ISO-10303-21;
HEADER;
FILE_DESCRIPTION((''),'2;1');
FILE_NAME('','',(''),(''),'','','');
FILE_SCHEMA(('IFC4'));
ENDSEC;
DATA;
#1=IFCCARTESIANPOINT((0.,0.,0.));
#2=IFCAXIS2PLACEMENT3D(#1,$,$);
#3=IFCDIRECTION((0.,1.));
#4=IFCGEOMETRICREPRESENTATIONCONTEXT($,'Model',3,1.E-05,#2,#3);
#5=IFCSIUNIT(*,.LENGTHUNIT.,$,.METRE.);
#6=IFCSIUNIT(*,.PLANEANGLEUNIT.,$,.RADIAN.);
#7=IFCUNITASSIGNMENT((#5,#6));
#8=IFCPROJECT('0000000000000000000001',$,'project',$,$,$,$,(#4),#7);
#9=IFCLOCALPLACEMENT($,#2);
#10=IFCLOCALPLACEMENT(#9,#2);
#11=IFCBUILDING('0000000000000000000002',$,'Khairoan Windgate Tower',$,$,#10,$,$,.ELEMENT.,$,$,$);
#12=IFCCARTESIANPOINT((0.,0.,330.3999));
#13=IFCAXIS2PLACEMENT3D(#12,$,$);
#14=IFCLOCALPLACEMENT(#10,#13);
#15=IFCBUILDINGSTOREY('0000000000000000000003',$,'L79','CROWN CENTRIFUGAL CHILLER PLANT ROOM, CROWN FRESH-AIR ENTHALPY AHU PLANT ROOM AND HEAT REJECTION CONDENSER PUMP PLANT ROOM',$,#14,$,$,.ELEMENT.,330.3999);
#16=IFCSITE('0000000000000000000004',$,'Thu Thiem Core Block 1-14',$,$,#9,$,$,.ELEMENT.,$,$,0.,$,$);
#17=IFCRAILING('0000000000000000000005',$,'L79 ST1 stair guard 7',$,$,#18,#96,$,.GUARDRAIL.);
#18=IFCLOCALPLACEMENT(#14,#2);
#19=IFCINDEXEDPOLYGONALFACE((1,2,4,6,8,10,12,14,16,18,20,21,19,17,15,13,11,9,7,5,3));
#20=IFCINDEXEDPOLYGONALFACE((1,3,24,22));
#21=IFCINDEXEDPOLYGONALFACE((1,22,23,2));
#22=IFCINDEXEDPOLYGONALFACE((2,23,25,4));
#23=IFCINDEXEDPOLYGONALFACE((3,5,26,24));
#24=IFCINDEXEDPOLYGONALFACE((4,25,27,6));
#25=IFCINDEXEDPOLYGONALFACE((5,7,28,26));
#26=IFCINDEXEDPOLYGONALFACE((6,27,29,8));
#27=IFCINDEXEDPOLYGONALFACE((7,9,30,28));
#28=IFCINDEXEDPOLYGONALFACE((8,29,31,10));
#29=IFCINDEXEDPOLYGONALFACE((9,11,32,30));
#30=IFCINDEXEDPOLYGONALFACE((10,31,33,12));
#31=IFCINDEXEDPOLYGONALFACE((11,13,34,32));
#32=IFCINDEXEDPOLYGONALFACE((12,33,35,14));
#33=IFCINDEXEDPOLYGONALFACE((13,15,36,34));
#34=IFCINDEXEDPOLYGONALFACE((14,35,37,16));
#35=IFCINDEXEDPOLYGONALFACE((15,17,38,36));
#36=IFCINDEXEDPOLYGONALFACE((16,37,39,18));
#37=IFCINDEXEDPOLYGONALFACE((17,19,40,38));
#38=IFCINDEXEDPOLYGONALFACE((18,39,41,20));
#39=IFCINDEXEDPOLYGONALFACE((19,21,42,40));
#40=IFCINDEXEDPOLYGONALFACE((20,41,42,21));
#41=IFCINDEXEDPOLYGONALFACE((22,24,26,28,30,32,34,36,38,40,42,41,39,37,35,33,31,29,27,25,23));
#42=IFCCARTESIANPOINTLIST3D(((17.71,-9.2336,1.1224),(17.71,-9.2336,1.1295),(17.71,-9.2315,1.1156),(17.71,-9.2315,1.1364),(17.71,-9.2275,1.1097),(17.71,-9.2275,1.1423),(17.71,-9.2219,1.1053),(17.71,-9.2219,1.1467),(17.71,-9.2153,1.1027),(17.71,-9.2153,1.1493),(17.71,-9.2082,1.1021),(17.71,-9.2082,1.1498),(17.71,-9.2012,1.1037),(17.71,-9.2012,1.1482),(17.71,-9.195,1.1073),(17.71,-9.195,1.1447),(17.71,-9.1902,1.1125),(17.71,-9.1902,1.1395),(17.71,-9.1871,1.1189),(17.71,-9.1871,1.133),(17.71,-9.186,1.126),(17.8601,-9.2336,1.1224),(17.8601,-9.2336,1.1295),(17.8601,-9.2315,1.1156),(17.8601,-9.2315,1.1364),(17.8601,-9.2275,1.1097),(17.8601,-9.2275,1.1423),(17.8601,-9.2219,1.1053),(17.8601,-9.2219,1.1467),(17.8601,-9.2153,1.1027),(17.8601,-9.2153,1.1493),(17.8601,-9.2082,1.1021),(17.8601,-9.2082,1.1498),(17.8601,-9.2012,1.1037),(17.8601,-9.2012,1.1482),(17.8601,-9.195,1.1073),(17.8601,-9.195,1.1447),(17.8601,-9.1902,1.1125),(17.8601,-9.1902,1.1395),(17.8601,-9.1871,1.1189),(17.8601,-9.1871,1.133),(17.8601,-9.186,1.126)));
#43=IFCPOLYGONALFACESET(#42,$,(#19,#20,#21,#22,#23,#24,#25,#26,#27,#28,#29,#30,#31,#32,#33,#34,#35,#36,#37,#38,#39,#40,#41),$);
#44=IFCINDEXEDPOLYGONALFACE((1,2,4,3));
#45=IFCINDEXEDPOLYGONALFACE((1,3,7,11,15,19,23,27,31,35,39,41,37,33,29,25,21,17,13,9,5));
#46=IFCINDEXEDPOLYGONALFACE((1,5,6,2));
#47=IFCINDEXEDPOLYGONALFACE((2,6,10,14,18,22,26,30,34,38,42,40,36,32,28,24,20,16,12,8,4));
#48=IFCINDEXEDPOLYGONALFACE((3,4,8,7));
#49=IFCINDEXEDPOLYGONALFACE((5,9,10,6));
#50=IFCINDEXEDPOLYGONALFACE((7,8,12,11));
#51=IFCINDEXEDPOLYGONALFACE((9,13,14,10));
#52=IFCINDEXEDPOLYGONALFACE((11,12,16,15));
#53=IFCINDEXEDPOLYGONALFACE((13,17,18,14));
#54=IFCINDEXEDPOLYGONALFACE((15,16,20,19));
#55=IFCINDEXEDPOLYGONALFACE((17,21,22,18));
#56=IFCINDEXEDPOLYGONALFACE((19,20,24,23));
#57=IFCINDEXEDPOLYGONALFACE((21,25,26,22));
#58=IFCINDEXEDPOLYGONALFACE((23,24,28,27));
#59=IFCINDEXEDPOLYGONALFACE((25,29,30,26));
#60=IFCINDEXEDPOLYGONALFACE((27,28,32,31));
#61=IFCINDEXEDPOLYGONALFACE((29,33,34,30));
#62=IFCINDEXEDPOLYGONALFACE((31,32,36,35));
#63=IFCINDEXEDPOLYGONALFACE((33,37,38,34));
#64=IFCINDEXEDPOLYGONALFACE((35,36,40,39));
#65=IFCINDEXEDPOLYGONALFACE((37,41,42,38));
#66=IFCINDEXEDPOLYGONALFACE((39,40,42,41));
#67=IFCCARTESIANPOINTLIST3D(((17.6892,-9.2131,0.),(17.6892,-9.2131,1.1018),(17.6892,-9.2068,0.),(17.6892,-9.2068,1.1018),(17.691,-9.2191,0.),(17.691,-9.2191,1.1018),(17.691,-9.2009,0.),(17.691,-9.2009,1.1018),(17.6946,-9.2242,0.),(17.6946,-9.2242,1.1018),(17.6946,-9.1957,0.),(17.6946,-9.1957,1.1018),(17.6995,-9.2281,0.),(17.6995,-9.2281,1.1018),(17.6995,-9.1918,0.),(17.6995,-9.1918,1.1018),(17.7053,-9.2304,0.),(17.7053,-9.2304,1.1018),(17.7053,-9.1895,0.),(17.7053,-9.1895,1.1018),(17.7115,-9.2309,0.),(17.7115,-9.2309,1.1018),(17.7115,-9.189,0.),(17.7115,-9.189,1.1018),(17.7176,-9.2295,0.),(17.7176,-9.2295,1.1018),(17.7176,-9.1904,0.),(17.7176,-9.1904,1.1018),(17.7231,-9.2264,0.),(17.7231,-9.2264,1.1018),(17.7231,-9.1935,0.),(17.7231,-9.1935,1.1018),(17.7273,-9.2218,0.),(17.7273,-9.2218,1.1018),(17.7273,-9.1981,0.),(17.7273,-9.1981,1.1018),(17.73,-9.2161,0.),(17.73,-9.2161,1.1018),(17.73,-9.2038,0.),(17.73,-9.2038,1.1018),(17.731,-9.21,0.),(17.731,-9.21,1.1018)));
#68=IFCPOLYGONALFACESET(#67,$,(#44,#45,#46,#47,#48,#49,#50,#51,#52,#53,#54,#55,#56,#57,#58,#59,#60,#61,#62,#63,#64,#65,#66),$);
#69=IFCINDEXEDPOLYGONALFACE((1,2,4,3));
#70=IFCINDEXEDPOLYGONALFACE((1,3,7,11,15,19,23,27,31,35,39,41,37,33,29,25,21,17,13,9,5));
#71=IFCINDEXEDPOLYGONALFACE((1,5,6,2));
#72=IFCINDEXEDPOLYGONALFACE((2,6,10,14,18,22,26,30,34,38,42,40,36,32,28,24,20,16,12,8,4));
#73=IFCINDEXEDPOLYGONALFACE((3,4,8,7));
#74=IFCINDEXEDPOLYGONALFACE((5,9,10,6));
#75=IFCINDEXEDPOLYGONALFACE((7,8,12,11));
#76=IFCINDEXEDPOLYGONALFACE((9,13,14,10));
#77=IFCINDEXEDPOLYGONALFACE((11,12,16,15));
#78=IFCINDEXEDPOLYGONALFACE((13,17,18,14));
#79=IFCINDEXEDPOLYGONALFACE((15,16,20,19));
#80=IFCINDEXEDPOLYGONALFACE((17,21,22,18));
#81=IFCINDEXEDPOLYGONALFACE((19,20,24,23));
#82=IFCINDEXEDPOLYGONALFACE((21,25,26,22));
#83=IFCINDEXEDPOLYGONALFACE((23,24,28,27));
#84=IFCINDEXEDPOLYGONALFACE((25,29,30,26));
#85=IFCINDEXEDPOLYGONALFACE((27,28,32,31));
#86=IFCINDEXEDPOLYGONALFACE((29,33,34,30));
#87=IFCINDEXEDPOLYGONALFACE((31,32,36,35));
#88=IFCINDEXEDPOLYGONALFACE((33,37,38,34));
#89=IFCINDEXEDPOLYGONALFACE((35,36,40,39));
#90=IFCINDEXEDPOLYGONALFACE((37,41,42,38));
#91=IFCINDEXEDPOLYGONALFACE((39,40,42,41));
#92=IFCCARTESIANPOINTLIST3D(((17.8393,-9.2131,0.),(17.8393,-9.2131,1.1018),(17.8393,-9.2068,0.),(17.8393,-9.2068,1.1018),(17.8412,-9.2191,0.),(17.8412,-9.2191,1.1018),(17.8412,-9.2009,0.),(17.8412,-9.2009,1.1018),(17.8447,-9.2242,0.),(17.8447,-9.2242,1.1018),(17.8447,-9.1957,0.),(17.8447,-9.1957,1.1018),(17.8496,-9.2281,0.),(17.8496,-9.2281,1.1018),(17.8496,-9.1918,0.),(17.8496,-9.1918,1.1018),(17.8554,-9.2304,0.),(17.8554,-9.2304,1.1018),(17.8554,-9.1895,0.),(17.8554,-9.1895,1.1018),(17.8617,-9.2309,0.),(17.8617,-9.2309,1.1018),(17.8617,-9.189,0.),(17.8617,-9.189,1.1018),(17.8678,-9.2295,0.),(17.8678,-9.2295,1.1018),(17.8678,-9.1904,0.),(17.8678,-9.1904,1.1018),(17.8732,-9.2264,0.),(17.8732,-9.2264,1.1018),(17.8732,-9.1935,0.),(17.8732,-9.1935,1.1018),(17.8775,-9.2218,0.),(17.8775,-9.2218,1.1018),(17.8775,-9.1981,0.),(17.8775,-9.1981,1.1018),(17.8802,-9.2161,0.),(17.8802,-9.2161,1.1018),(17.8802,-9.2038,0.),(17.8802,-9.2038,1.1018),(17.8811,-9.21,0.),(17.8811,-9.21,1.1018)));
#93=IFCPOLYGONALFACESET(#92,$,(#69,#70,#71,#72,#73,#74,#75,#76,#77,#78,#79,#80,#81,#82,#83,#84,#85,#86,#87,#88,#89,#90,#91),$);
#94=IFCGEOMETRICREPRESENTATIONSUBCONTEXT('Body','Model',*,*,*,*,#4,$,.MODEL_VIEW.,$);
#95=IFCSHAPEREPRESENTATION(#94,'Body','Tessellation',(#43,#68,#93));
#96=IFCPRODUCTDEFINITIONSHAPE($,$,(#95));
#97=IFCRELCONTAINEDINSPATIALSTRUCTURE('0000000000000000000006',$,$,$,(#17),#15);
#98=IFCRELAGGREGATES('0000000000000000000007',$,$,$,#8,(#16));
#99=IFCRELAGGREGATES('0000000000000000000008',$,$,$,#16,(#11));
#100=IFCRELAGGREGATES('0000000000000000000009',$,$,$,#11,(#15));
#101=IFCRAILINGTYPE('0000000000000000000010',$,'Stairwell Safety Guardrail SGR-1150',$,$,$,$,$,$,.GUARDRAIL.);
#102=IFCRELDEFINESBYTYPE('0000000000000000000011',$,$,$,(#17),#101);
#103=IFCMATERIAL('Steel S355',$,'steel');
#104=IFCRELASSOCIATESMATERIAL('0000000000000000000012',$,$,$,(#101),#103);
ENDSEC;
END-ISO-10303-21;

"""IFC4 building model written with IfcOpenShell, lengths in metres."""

from ifc_helpers import new_model, si_unit, direction, frame, origin, origin_2d, place, context, subcontext, project, spatial, circle, extrude, material, type_object, element, save


model = new_model("IFC4")

# Units and contexts
model_context = context("Model", 3, precision=1e-05, world=origin(), true_north=direction((0.0, 1.0)))
body_context = subcontext(model_context, "Body", "Model", "MODEL_VIEW")
ifc_project = project(units=[si_unit("LENGTHUNIT", "METRE"), si_unit("PLANEANGLEUNIT", "RADIAN")], contexts=[model_context])

# Site, building, storey
site_placement = place(None, origin())
site = spatial("IfcSite", under=ifc_project, at=site_placement, Name="Thu Thiem Core Block 1-14", CompositionType="ELEMENT", RefElevation=0.0)
building_placement = place(site_placement, origin())
building = spatial("IfcBuilding", under=site, at=building_placement, Name="Khairoan Windgate Tower", CompositionType="ELEMENT")
storey_placement = place(building_placement, frame((0.0, 0.0, 330.3999)))
storey = spatial("IfcBuildingStorey", under=building, at=storey_placement, Name="L79", Description="CROWN CENTRIFUGAL CHILLER PLANT ROOM, CROWN FRESH-AIR ENTHALPY AHU PLANT ROOM AND HEAT REJECTION CONDENSER PUMP PLANT ROOM", CompositionType="ELEMENT", Elevation=330.3999)

# Railing
ifc_material_1 = material(Name="Steel S355", Category="steel")
railing_type_1 = type_object("IfcRailingType", Name="Stairwell Safety Guardrail SGR-1150", PredefinedType="GUARDRAIL", material=ifc_material_1)
railing_1_placement = place(storey_placement, frame((17.71, -9.21, 0.0)))
element("IfcRailing", 1, at=railing_1_placement, inside=storey, type_object=railing_type_1, Name="L79 ST1 stair guard 7", PredefinedType="GUARDRAIL", context=body_context, shape_type="SweptSolid", body=[
    extrude(circle(Radius=0.0239, at=origin_2d()), frame((0.0, 0.0, 1.126), z_axis=(1.0, 0.0, 0.0), x_axis=(0.0, 1.0, 0.0)), (0.0, 0.0, 1.0), 0.1501),
    extrude(circle(Radius=0.021, at=origin_2d()), origin(), (0.0, 0.0, 1.0), 1.1018),
    extrude(circle(Radius=0.021, at=origin_2d()), frame((0.1501, 0.0, 0.0)), (0.0, 0.0, 1.0), 1.1018),
])

save(model, "model.ifc")
